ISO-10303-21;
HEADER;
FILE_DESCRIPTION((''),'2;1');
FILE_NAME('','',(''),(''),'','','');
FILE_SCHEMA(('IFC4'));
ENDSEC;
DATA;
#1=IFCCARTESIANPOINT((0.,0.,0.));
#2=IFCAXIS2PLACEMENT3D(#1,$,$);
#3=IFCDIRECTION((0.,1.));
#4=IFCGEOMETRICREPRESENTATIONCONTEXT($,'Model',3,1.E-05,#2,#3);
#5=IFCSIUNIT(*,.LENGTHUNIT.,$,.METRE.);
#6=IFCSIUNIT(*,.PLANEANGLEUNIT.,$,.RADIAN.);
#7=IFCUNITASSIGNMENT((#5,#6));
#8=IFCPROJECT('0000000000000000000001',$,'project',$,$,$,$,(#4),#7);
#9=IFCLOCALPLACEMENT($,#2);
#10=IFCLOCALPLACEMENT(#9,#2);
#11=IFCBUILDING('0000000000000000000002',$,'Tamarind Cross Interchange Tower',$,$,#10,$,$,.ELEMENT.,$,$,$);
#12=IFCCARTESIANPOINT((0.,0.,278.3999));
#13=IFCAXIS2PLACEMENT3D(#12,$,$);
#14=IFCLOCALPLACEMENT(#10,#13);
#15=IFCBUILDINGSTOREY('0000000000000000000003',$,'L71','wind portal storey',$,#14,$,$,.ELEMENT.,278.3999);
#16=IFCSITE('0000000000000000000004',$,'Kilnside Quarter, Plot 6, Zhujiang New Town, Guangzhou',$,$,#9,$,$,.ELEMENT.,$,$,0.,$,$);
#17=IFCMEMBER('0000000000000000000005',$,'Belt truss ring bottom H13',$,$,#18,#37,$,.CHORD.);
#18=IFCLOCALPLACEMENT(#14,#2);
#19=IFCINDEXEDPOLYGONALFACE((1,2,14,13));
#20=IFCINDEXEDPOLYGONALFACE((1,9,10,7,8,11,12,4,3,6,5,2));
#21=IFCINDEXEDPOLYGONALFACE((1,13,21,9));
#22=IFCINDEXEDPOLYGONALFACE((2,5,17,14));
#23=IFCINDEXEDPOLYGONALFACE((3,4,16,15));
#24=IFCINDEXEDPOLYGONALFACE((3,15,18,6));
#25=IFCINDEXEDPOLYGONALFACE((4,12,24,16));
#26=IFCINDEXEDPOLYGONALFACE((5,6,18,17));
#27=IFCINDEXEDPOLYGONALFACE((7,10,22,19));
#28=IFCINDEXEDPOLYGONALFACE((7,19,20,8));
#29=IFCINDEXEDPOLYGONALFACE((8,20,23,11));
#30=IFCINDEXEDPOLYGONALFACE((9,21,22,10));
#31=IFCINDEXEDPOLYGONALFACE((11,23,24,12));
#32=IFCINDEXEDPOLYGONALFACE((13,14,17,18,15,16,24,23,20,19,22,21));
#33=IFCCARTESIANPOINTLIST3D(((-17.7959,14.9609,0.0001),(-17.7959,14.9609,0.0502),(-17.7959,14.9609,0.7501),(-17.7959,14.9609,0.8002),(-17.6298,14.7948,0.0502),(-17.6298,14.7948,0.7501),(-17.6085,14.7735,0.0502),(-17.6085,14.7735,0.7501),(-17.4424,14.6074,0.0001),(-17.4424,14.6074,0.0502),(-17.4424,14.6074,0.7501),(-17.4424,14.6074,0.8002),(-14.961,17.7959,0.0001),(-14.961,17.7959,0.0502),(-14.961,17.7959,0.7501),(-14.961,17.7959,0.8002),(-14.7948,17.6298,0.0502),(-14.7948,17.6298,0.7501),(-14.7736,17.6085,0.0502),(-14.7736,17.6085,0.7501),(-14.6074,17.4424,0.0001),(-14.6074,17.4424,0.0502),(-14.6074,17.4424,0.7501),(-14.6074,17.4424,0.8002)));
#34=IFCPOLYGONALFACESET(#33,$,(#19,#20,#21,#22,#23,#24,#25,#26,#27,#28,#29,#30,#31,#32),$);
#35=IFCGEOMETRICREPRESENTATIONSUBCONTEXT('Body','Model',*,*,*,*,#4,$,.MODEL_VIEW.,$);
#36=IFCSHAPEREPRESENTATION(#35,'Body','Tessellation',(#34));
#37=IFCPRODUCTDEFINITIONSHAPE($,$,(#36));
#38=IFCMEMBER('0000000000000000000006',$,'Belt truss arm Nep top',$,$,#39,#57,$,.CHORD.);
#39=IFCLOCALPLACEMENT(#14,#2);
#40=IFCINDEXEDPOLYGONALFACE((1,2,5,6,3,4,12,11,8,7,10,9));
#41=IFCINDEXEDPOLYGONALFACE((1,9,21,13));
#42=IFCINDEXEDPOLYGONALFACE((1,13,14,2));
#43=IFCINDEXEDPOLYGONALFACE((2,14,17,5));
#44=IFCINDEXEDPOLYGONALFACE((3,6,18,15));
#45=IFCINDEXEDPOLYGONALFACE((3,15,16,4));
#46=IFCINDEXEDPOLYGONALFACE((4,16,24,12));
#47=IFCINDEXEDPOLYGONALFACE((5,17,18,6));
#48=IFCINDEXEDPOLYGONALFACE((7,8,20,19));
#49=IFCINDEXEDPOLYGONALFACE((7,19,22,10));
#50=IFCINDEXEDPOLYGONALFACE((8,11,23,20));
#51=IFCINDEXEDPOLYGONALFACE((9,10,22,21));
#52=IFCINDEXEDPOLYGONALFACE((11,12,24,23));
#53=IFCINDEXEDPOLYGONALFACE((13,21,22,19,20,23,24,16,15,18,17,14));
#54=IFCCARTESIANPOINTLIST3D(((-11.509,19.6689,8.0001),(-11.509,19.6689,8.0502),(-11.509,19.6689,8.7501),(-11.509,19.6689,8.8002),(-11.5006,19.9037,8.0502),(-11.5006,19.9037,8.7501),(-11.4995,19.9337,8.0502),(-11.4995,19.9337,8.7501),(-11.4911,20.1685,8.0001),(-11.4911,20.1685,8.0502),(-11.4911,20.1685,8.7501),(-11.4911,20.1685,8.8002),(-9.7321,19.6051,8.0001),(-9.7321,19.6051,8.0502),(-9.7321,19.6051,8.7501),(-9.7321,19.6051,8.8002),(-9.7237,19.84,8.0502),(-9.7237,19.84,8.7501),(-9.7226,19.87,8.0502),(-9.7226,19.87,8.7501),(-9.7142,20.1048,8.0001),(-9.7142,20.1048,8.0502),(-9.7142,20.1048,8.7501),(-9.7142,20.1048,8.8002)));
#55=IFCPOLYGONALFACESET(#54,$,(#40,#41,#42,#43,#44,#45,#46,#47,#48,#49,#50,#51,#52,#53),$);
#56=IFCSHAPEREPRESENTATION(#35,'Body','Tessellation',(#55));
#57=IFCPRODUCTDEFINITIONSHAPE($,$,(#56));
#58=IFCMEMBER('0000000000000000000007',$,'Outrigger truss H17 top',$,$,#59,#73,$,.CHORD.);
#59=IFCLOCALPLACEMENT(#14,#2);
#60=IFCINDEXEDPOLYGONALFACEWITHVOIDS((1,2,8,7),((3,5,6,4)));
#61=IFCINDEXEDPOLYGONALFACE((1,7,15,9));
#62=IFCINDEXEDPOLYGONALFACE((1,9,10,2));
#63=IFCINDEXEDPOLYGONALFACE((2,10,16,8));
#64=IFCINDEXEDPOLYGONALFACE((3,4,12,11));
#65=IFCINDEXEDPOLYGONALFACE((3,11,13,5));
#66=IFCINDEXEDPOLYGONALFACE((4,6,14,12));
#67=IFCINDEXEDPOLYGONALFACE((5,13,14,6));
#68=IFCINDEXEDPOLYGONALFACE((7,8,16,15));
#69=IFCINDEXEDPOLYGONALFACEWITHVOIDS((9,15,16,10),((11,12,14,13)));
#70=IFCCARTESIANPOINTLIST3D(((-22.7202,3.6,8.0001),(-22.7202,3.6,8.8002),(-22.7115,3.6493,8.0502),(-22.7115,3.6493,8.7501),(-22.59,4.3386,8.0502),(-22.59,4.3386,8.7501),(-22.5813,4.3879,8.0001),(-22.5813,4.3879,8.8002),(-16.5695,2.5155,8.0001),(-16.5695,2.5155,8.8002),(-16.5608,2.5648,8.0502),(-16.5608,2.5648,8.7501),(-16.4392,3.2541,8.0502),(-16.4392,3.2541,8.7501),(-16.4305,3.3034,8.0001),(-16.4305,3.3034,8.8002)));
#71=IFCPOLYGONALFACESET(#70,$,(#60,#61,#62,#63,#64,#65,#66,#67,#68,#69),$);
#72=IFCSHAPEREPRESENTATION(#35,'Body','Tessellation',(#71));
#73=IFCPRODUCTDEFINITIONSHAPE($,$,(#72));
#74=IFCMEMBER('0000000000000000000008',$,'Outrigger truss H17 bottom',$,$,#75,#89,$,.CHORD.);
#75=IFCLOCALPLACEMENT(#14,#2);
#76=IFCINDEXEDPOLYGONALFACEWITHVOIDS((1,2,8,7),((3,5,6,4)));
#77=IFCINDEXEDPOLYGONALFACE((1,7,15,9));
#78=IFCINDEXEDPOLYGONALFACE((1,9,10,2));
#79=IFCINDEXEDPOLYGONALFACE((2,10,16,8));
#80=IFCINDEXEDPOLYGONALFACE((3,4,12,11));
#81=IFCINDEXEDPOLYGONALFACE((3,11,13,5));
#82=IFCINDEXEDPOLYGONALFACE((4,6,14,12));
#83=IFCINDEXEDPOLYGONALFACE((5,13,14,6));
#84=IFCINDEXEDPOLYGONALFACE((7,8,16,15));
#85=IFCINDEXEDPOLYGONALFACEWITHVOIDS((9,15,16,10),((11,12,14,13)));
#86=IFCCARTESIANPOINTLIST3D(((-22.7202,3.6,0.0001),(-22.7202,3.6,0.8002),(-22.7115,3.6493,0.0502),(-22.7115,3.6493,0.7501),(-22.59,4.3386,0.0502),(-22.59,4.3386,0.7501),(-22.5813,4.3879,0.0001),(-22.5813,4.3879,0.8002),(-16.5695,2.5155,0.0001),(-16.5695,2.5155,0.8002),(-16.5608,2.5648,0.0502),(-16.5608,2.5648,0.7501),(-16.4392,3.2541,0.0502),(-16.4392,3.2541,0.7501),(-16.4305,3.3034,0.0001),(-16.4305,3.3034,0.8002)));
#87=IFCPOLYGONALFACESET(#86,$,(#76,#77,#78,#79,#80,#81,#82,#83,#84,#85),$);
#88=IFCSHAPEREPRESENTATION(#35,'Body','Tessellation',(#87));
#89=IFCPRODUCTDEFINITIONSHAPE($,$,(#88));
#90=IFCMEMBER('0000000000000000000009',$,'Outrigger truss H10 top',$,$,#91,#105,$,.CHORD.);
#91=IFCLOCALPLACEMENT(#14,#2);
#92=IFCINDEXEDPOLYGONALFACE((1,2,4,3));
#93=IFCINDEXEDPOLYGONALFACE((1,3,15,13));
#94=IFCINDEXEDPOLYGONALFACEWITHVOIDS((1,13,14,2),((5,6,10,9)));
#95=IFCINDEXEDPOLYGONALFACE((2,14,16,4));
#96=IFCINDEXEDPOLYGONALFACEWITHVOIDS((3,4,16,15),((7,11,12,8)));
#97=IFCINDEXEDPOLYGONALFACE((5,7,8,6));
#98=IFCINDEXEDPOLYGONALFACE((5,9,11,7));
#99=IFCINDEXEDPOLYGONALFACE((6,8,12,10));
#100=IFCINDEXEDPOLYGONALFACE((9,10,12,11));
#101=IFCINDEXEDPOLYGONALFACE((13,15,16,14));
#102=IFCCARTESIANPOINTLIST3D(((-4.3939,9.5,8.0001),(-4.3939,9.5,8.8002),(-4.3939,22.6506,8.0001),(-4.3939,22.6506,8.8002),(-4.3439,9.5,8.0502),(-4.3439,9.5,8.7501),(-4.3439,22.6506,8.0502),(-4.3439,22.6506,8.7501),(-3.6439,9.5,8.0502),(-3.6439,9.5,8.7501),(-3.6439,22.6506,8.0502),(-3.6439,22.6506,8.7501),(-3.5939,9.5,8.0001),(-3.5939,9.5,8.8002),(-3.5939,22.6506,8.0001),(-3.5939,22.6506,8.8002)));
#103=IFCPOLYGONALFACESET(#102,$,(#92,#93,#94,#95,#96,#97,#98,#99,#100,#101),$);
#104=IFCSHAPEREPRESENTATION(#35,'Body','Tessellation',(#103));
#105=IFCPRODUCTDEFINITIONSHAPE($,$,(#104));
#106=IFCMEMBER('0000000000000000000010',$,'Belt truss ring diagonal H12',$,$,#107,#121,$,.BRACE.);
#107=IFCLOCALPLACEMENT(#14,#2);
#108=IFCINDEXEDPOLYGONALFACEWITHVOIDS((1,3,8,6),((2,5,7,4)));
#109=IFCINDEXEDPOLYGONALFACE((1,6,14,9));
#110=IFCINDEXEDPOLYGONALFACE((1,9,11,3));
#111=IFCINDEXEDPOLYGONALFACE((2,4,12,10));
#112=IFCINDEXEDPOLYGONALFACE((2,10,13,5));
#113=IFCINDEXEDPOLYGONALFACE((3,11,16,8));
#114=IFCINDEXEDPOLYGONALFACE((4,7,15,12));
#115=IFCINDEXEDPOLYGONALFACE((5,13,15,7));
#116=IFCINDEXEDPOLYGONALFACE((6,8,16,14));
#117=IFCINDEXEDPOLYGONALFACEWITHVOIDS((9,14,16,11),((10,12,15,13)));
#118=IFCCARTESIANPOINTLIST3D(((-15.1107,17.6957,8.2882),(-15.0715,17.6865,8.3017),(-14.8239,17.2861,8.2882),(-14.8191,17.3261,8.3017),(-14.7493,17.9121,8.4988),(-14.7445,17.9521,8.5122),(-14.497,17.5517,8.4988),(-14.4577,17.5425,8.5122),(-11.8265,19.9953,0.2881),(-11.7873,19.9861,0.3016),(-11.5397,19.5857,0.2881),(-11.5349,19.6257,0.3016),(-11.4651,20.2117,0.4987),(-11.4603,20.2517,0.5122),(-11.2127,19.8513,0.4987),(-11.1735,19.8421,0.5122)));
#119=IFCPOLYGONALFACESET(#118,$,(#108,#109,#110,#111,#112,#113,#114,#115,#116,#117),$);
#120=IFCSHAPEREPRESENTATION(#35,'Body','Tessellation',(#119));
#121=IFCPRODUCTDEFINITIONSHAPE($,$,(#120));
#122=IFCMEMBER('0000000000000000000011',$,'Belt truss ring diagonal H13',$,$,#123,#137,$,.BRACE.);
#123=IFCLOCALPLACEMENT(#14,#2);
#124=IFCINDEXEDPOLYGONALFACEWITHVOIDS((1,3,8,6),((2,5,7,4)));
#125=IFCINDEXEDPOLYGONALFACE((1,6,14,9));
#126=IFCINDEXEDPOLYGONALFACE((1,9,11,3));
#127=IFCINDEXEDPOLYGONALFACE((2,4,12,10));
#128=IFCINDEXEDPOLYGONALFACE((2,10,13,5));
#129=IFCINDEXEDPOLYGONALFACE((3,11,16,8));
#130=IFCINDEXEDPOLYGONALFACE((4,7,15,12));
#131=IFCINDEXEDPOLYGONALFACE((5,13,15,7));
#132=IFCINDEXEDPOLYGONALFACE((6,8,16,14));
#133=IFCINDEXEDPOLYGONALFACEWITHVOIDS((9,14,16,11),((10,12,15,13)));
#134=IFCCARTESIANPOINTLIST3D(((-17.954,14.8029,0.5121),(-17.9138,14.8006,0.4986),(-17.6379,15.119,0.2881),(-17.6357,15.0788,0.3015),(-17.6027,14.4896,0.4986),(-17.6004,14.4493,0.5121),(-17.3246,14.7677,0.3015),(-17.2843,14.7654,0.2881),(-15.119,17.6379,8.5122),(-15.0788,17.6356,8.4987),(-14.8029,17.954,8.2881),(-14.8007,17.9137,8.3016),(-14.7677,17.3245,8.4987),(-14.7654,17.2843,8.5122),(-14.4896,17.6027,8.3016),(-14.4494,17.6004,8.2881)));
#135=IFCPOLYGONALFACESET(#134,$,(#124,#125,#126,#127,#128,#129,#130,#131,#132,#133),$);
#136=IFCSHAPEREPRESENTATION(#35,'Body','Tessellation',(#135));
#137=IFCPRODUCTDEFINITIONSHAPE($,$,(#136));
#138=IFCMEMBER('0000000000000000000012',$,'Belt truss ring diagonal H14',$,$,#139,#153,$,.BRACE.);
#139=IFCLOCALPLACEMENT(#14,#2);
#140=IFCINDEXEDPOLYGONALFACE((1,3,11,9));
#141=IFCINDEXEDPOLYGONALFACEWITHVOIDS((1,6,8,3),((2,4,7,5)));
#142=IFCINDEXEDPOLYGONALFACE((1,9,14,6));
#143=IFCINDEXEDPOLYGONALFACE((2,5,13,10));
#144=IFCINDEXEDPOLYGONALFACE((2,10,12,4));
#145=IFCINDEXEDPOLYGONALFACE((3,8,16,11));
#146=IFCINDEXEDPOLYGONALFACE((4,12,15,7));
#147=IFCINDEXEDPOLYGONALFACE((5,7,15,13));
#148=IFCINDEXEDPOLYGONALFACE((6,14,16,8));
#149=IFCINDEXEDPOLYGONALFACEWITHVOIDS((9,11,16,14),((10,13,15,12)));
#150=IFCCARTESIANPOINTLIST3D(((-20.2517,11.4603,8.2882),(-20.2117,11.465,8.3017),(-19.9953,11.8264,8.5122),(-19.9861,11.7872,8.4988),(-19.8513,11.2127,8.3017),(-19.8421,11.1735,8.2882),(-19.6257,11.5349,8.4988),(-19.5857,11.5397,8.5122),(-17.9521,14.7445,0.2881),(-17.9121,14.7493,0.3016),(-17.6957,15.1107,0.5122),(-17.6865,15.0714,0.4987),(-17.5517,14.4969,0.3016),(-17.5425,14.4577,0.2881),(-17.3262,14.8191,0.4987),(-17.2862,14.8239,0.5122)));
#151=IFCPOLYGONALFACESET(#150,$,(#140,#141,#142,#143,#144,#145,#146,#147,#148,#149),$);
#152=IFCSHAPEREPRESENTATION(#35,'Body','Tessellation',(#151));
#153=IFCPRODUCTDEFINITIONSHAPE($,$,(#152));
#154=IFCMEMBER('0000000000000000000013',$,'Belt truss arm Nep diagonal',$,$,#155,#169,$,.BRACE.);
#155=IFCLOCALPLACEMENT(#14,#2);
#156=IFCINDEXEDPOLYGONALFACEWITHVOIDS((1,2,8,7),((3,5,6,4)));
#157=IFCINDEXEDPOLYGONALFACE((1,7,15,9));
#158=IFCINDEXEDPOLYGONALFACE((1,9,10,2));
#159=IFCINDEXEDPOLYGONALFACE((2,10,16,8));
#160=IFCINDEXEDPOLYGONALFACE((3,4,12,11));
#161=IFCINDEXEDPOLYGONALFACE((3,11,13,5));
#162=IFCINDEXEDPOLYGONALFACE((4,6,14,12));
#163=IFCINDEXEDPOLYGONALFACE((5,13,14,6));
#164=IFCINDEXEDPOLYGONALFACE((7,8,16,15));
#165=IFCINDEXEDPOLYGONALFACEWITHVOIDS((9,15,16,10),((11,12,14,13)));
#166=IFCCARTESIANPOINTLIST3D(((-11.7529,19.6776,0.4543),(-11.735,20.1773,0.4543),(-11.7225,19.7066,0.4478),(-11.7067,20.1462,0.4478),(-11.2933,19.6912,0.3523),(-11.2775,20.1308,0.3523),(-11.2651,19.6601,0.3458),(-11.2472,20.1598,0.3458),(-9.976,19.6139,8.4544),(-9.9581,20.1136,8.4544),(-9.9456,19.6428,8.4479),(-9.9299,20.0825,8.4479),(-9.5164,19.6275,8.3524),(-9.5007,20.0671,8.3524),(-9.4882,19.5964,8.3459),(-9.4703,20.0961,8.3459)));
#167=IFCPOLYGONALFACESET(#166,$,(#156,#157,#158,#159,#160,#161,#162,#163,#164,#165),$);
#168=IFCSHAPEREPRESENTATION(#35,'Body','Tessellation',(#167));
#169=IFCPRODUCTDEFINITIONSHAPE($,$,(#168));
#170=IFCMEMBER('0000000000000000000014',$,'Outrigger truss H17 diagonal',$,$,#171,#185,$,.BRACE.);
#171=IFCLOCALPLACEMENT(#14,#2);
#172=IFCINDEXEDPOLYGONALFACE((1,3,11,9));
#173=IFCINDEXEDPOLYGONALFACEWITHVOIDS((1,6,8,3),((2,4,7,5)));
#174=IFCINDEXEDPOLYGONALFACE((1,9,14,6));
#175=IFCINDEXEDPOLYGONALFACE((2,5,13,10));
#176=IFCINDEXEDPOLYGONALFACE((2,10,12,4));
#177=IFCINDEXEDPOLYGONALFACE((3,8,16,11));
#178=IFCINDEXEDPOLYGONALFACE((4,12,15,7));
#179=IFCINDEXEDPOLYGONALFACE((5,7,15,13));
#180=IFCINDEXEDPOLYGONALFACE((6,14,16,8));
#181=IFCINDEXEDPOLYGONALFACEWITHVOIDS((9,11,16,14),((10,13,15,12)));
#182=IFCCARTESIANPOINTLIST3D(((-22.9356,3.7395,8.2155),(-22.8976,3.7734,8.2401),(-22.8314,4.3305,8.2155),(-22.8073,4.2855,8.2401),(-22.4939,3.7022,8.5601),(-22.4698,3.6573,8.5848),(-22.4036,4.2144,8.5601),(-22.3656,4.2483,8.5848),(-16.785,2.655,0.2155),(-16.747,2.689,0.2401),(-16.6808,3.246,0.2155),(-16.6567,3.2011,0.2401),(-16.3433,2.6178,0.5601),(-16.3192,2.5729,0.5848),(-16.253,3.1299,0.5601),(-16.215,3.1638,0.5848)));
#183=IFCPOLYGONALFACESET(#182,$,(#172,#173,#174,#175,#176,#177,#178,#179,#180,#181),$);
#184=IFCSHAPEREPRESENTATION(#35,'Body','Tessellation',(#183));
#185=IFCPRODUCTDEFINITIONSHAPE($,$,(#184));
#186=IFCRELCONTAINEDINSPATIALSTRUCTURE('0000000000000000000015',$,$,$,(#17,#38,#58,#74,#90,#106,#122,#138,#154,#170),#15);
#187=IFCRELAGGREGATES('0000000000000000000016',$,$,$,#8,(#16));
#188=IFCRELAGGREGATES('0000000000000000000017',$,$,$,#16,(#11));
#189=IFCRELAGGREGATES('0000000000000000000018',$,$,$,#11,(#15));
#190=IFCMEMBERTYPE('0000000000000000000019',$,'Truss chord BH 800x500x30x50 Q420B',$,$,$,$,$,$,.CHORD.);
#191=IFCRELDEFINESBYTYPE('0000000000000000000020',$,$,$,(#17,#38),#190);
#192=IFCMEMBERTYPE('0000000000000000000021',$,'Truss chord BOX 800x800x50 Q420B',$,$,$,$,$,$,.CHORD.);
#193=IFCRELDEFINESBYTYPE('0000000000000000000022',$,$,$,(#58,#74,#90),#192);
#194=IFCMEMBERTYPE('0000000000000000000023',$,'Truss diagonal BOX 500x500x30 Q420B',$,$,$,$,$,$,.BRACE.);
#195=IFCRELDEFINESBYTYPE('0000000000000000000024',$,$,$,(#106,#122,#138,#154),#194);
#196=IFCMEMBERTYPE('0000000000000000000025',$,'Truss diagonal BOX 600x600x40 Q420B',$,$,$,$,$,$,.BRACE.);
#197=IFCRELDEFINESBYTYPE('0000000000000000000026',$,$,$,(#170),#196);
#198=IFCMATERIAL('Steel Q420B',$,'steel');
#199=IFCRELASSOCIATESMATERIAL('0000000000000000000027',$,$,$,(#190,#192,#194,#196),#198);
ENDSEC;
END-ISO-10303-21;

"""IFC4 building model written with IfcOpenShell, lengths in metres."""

from ifc_helpers import new_model, si_unit, direction, frame, origin, origin_2d, place, context, subcontext, project, spatial, hollow_rectangle, i_section, extrude, material, material_profile, profile_set, type_object, element, save


model = new_model("IFC4")

# Units and contexts
model_context = context("Model", 3, precision=1e-05, world=origin(), true_north=direction((0.0, 1.0)))
body_context = subcontext(model_context, "Body", "Model", "MODEL_VIEW")
ifc_project = project(units=[si_unit("LENGTHUNIT", "METRE"), si_unit("PLANEANGLEUNIT", "RADIAN")], contexts=[model_context])

# Site, building, storey
site_placement = place(None, origin())
site = spatial("IfcSite", under=ifc_project, at=site_placement, Name="Kilnside Quarter, Plot 6, Zhujiang New Town, Guangzhou", CompositionType="ELEMENT", RefElevation=0.0)
building_placement = place(site_placement, origin())
building = spatial("IfcBuilding", under=site, at=building_placement, Name="Tamarind Cross Interchange Tower", CompositionType="ELEMENT")
storey_placement = place(building_placement, frame((0.0, 0.0, 278.3999)))
storey = spatial("IfcBuildingStorey", under=building, at=storey_placement, Name="L71", Description="wind portal storey", CompositionType="ELEMENT", Elevation=278.3999)

# Members
ifc_material_1 = material(Name="Steel Q420B", Category="steel")
ifc_material_profile_1 = material_profile(ifc_material_1, i_section(OverallWidth=0.5, OverallDepth=0.8, WebThickness=0.03, FlangeThickness=0.05, at=origin_2d()), Name="BH 800x500x30x50")
ifc_profile_set_1 = profile_set([ifc_material_profile_1], Name="Steel Q420B")
member_type_1 = type_object("IfcMemberType", Name="Truss chord BH 800x500x30x50 Q420B", PredefinedType="CHORD", material=ifc_profile_set_1)
for number, where, z_axis, x_axis, name in (
    (1, (-14.7842, 17.6191, 0.4001), (-0.707107, -0.707107, 0.0), (0.707107, -0.707107, 0.0), "Belt truss ring bottom H13"),
):
    element("IfcMember", number, at=place(storey_placement, frame(where, z_axis=z_axis, x_axis=x_axis)), inside=storey, type_object=member_type_1, Name=name, PredefinedType="CHORD", context=body_context, shape_type="SweptSolid", body=[
        extrude(i_section(OverallWidth=0.5, OverallDepth=0.8, WebThickness=0.03, FlangeThickness=0.05, at=origin_2d()), origin(), (0.0, 0.0, 1.0), 4.0093),
    ])
member_1_placement = place(storey_placement, frame((-9.7231, 19.855, 8.4001), z_axis=(-0.999358, 0.035838, 0.0), x_axis=(-0.035838, -0.999358, 0.0)))
element("IfcMember", 2, at=member_1_placement, inside=storey, type_object=member_type_1, Name="Belt truss arm Nep top", PredefinedType="CHORD", context=body_context, shape_type="SweptSolid", body=[
    extrude(i_section(OverallWidth=0.5, OverallDepth=0.8, WebThickness=0.03, FlangeThickness=0.05, at=origin_2d()), origin(), (0.0, 0.0, 1.0), 1.7781),
])
ifc_material_profile_2 = material_profile(ifc_material_1, hollow_rectangle(XDim=0.8, YDim=0.8, WallThickness=0.05, at=origin_2d()), Name="BOX 800x800x50")
ifc_profile_set_2 = profile_set([ifc_material_profile_2], Name="Steel Q420B")
member_type_2 = type_object("IfcMemberType", Name="Truss chord BOX 800x800x50 Q420B", PredefinedType="CHORD", material=ifc_profile_set_2)
for number, where, z_axis, x_axis, name in (
    (3, (-16.5, 2.9094, 8.4001), (-0.984809, 0.17364, 0.0), (-0.17364, -0.984809, 0.0), "Outrigger truss H17 top"),
    (4, (-16.5, 2.9094, 0.4001), (-0.984809, 0.17364, 0.0), (-0.17364, -0.984809, 0.0), "Outrigger truss H17 bottom"),
):
    element("IfcMember", number, at=place(storey_placement, frame(where, z_axis=z_axis, x_axis=x_axis)), inside=storey, type_object=member_type_2, Name=name, PredefinedType="CHORD", context=body_context, shape_type="SweptSolid", body=[
        extrude(hollow_rectangle(XDim=0.8, YDim=0.8, WallThickness=0.05, at=origin_2d()), origin(), (0.0, 0.0, 1.0), 6.2456),
    ])
member_2_placement = place(storey_placement, frame((-3.9939, 9.5, 8.4001), z_axis=(0.0, 1.0, 0.0), x_axis=(-1.0, 0.0, 0.0)))
element("IfcMember", 5, at=member_2_placement, inside=storey, type_object=member_type_2, Name="Outrigger truss H10 top", PredefinedType="CHORD", context=body_context, shape_type="SweptSolid", body=[
    extrude(hollow_rectangle(XDim=0.8, YDim=0.8, WallThickness=0.05, at=origin_2d()), origin(), (0.0, 0.0, 1.0), 13.1506),
])
ifc_material_profile_3 = material_profile(ifc_material_1, hollow_rectangle(XDim=0.5, YDim=0.5, WallThickness=0.03, at=origin_2d()), Name="BOX 500x500x30")
ifc_profile_set_3 = profile_set([ifc_material_profile_3], Name="Steel Q420B")
member_type_3 = type_object("IfcMemberType", Name="Truss diagonal BOX 500x500x30 Q420B", PredefinedType="BRACE", material=ifc_profile_set_3)
for number, where, z_axis, x_axis, name in (
    (6, (-11.5, 19.9187, 0.4001), (-0.367013, -0.25698, 0.894015), (0.573569, -0.819158, 0.0), "Belt truss ring diagonal H12"),
    (7, (-14.7842, 17.6191, 8.4001), (-0.316812, -0.316812, -0.894014), (0.707107, -0.707107, 0.0), "Belt truss ring diagonal H13"),
    (8, (-17.6191, 14.7842, 0.4001), (-0.25698, -0.367013, 0.894015), (0.819158, -0.573569, 0.0), "Belt truss ring diagonal H14"),
):
    element("IfcMember", number, at=place(storey_placement, frame(where, z_axis=z_axis, x_axis=x_axis)), inside=storey, type_object=member_type_3, Name=name, PredefinedType="BRACE", context=body_context, shape_type="SweptSolid", body=[
        extrude(hollow_rectangle(XDim=0.5, YDim=0.5, WallThickness=0.03, at=origin_2d()), origin(), (0.0, 0.0, 1.0), 8.9485),
    ])
member_3_placement = place(storey_placement, frame((-9.7231, 19.855, 8.4001), z_axis=(-0.216817, 0.007775, -0.976181), x_axis=(-0.035838, -0.999358, 0.0)))
element("IfcMember", 9, at=member_3_placement, inside=storey, type_object=member_type_3, Name="Belt truss arm Nep diagonal", PredefinedType="BRACE", context=body_context, shape_type="SweptSolid", body=[
    extrude(hollow_rectangle(XDim=0.5, YDim=0.5, WallThickness=0.03, at=origin_2d()), origin(), (0.0, 0.0, 1.0), 8.1953),
])
ifc_material_profile_4 = material_profile(ifc_material_1, hollow_rectangle(XDim=0.6001, YDim=0.6001, WallThickness=0.04, at=origin_2d()), Name="BOX 600x600x40")
ifc_profile_set_4 = profile_set([ifc_material_profile_4], Name="Steel Q420B")
member_type_4 = type_object("IfcMemberType", Name="Truss diagonal BOX 600x600x40 Q420B", PredefinedType="BRACE", material=ifc_profile_set_4)
member_4_placement = place(storey_placement, frame((-16.5, 2.9094, 0.4001), z_axis=(-0.606021, 0.106853, 0.788239), x_axis=(-0.17364, -0.984809, 0.0)))
element("IfcMember", 10, at=member_4_placement, inside=storey, type_object=member_type_4, Name="Outrigger truss H17 diagonal", PredefinedType="BRACE", context=body_context, shape_type="SweptSolid", body=[
    extrude(hollow_rectangle(XDim=0.6001, YDim=0.6001, WallThickness=0.04, at=origin_2d()), origin(), (0.0, 0.0, 1.0), 10.1492),
])

save(model, "model.ifc")
